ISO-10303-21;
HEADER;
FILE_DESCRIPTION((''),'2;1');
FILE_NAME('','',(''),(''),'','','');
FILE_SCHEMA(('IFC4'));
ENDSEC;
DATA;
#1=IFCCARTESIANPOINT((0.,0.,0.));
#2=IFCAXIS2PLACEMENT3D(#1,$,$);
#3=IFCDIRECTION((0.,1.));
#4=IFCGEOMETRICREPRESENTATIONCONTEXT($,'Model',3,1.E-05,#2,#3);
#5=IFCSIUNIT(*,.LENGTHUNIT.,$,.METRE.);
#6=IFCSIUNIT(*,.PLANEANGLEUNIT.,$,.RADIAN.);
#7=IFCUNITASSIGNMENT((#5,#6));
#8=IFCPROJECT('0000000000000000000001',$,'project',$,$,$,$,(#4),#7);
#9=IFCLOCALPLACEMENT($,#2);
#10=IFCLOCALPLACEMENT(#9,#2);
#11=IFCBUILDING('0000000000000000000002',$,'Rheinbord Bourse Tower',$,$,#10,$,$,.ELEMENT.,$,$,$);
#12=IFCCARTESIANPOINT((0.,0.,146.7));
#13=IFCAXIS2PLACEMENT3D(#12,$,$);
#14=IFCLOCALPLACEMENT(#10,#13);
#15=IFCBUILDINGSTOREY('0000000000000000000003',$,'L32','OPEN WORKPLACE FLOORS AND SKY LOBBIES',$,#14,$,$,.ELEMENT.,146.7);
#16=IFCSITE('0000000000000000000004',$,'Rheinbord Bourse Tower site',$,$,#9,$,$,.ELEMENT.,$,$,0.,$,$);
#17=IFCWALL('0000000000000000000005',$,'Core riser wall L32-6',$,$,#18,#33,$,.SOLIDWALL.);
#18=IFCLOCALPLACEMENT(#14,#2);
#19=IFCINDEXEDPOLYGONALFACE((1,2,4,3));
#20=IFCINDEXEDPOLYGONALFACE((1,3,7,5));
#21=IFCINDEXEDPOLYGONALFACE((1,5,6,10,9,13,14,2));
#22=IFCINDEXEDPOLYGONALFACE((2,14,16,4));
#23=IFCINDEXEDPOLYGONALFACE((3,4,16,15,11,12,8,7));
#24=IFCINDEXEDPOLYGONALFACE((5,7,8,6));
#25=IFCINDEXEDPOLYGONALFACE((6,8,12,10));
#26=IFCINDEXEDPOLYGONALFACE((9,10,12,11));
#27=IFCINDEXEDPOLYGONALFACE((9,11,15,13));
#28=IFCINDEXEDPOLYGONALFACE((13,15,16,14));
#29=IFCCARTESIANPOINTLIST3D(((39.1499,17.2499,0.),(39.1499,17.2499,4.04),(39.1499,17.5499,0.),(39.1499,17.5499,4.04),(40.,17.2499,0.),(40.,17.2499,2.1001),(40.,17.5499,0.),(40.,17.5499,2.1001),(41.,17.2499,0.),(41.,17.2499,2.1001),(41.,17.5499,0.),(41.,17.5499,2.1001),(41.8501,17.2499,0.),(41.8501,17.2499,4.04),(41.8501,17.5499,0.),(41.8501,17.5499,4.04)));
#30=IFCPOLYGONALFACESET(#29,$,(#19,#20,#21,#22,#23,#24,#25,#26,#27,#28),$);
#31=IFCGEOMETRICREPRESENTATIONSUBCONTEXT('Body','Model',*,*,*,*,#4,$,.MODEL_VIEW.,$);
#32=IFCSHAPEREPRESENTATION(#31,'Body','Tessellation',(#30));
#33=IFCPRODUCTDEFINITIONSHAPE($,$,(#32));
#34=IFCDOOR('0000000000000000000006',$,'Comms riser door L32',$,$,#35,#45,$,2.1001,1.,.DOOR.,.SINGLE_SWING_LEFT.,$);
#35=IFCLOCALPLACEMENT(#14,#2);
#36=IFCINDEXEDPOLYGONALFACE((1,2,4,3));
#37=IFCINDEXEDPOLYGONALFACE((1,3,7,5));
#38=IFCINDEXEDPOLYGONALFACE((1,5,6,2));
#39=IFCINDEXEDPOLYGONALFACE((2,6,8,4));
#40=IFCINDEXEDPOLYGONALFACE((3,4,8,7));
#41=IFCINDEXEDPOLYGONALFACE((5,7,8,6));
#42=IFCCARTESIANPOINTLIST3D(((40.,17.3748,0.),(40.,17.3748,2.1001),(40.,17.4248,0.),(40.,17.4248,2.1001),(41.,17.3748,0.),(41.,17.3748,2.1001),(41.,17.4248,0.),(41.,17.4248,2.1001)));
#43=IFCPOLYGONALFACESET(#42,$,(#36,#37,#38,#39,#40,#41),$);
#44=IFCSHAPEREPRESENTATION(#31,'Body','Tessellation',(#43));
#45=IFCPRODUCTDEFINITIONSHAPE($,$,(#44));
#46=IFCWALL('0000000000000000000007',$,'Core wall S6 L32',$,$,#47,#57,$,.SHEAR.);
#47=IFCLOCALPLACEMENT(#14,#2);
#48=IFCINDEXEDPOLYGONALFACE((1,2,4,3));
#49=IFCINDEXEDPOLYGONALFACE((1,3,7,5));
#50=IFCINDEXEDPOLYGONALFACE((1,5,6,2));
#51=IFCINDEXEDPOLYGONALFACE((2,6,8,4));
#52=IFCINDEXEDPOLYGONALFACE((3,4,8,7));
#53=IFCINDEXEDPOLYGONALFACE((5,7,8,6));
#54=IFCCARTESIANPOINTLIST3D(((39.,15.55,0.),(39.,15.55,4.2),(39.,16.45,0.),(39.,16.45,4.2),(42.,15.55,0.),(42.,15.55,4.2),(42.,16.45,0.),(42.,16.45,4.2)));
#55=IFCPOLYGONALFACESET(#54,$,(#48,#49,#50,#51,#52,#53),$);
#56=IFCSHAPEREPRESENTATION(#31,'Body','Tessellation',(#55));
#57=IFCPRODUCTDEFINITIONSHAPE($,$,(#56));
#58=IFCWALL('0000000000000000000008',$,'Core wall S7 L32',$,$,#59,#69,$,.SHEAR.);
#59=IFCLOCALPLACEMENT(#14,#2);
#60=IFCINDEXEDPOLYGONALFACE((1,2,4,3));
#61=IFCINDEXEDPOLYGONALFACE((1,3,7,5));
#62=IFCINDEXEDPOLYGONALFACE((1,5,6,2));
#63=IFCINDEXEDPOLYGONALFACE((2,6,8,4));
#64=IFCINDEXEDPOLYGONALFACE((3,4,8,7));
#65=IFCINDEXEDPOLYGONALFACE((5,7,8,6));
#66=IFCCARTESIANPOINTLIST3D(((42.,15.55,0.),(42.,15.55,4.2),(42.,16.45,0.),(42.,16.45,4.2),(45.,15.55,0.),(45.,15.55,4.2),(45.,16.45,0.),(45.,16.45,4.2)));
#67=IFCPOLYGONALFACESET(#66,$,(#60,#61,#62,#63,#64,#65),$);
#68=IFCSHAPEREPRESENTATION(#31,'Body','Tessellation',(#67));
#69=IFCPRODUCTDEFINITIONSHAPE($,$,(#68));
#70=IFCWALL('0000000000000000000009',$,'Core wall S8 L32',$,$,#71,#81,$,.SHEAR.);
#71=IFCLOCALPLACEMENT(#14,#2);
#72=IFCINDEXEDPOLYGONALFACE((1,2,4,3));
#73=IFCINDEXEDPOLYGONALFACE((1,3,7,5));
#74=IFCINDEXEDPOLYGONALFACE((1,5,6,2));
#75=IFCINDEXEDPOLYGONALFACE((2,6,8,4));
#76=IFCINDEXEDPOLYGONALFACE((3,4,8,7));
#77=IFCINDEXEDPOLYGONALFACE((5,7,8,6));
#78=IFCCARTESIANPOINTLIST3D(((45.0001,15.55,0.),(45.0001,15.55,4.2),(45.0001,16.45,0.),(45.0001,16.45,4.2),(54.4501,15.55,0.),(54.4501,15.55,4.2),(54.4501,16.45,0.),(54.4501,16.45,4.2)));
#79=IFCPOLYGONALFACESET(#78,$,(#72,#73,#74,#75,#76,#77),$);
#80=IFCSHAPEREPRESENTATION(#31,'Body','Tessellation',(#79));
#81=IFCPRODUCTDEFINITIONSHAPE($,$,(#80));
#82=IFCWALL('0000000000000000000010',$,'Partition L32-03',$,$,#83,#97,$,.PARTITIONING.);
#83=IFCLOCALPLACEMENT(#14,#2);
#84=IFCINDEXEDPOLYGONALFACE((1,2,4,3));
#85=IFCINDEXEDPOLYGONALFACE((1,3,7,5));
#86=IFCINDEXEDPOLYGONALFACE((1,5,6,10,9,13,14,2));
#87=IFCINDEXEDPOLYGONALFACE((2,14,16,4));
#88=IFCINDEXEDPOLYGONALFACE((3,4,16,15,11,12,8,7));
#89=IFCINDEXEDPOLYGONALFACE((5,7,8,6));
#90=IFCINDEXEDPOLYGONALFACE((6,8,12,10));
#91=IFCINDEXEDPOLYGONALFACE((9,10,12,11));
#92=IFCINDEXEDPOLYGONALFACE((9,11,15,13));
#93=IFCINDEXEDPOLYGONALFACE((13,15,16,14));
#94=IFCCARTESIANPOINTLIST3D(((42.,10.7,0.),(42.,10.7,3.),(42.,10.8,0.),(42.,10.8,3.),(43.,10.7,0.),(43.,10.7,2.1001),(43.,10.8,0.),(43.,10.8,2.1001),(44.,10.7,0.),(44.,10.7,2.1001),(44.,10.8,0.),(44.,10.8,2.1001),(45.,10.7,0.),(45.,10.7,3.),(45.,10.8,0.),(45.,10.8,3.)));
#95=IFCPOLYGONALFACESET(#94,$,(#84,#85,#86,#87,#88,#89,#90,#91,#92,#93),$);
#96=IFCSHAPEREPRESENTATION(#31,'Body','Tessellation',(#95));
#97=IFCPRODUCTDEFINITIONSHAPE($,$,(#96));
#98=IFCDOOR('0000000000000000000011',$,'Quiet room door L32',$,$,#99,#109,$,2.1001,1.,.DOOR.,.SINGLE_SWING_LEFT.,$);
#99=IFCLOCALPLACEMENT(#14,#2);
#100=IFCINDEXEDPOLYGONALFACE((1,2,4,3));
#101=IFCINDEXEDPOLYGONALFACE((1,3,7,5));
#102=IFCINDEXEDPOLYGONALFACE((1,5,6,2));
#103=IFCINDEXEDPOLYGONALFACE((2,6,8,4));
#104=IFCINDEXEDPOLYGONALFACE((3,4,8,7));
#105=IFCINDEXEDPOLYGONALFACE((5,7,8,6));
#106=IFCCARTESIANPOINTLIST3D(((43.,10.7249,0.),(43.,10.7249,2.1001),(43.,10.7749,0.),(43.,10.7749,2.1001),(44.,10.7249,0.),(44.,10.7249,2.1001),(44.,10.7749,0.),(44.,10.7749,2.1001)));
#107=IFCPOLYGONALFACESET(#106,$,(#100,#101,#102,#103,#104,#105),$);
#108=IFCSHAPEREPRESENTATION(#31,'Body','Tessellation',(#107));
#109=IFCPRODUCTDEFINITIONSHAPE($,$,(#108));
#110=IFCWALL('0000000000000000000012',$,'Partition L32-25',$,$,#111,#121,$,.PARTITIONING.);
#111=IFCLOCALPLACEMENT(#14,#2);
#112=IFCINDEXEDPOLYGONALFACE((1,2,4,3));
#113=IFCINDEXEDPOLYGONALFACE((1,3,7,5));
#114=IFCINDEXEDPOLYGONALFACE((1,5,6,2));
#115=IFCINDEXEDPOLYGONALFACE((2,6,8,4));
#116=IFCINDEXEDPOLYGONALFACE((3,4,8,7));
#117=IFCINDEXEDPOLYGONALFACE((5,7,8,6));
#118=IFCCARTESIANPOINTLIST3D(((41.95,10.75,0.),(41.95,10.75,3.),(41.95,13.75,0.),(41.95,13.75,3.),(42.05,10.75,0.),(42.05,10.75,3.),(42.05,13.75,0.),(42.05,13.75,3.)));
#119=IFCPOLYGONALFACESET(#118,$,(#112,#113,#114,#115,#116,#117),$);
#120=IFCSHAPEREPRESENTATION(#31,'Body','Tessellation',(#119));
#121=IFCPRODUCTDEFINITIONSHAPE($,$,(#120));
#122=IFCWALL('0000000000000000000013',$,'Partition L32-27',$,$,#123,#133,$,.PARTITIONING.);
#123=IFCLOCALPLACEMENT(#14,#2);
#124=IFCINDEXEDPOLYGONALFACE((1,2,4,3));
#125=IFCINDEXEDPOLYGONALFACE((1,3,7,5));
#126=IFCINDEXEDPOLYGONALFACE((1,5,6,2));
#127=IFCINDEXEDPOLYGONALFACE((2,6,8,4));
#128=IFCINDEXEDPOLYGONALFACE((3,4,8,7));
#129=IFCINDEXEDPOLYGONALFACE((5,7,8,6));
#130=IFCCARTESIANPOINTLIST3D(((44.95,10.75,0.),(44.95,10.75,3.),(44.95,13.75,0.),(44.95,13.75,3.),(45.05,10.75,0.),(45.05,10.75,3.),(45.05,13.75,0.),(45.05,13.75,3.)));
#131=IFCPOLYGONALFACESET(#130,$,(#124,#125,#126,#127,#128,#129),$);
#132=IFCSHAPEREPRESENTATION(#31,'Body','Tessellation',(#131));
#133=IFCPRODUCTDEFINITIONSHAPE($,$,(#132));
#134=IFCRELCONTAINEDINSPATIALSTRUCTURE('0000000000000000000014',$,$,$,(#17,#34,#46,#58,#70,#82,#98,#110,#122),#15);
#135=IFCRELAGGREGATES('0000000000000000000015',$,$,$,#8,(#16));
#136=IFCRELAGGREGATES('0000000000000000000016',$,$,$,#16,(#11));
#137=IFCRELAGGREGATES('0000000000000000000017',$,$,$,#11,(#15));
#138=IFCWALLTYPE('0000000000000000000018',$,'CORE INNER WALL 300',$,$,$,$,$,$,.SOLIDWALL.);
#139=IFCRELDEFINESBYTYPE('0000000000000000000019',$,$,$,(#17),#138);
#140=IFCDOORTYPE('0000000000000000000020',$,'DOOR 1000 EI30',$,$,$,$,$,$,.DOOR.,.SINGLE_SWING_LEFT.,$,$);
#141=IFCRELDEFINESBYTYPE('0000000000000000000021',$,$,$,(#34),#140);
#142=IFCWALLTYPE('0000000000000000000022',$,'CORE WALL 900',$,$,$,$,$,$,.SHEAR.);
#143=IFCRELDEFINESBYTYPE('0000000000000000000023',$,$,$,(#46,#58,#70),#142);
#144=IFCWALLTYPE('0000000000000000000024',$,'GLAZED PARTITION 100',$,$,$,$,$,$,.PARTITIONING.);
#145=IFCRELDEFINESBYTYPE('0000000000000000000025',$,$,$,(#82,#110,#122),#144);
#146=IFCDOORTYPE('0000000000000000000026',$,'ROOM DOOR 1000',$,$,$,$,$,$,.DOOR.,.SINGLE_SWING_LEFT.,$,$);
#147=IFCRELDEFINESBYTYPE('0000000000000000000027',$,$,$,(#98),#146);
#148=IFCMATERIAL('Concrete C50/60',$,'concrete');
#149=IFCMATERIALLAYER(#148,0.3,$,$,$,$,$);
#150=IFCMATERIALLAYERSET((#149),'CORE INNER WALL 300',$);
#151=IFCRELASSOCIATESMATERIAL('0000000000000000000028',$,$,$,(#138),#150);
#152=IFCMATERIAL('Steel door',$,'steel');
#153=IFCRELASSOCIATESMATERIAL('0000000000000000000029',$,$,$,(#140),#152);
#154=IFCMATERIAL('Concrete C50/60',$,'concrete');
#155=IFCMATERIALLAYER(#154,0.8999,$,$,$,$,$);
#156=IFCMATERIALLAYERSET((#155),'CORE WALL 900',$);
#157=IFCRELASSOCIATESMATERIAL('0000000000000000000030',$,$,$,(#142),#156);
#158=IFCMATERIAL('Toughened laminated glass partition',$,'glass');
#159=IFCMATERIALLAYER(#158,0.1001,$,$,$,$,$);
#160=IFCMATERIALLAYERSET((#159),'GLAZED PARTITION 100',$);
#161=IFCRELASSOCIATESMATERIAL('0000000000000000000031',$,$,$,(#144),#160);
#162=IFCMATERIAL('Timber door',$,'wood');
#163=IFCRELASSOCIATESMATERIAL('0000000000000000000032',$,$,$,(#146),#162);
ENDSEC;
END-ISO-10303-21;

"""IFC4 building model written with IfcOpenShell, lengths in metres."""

from ifc_helpers import new_model, si_unit, direction, frame, frame_2d, origin, place, context, subcontext, project, spatial, rectangle, extrude, material, layer, layer_set, type_object, element, fill, save


model = new_model("IFC4")

# Units and contexts
model_context = context("Model", 3, precision=1e-05, world=origin(), true_north=direction((0.0, 1.0)))
body_context = subcontext(model_context, "Body", "Model", "MODEL_VIEW")
ifc_project = project(units=[si_unit("LENGTHUNIT", "METRE"), si_unit("PLANEANGLEUNIT", "RADIAN")], contexts=[model_context])

# Site, building, storey
site_placement = place(None, origin())
site = spatial("IfcSite", under=ifc_project, at=site_placement, Name="Rheinbord Bourse Tower site", CompositionType="ELEMENT", RefElevation=0.0)
building_placement = place(site_placement, origin())
building = spatial("IfcBuilding", under=site, at=building_placement, Name="Rheinbord Bourse Tower", CompositionType="ELEMENT")
storey_placement = place(building_placement, frame((0.0, 0.0, 146.7)))
storey = spatial("IfcBuildingStorey", under=building, at=storey_placement, Name="L32", Description="OPEN WORKPLACE FLOORS AND SKY LOBBIES", CompositionType="ELEMENT", Elevation=146.7)

# Shared definitions
ifc_material_1 = material(Name="Concrete C50/60", Category="concrete")
ifc_layer_1 = layer(ifc_material_1, 0.3)
ifc_layer_set_1 = layer_set([ifc_layer_1], Name="CORE INNER WALL 300")
wall_type_1 = type_object("IfcWallType", Name="CORE INNER WALL 300", PredefinedType="SOLIDWALL", material=ifc_layer_set_1)
ifc_material_2 = material(Name="Steel door", Category="steel")
door_type_1 = type_object("IfcDoorType", Name="DOOR 1000 EI30", OperationType="SINGLE_SWING_LEFT", PredefinedType="DOOR", material=ifc_material_2)

# Wall, opening, door
wall_1_placement = place(storey_placement, frame((39.1499, 17.3999, 0.0), z_axis=(0.0, 0.0, 1.0), x_axis=(1.0, 0.0, 0.0)))
wall_1 = element("IfcWall", 1, at=wall_1_placement, inside=storey, type_object=wall_type_1, Name="Core riser wall L32-6", PredefinedType="SOLIDWALL", context=body_context, shape_type="SweptSolid", body=[
    extrude(rectangle(XDim=2.7002, YDim=0.3, at=frame_2d((1.3501, 0.0))), origin(), (0.0, 0.0, 1.0), 4.04),
])
opening_1_placement = place(wall_1_placement, frame((0.8501, 0.0, 0.0)))
opening_1 = element("IfcOpeningElement", 2, at=opening_1_placement, cuts=wall_1, PredefinedType="OPENING", context=body_context, shape_type="SweptSolid", body=[
    extrude(rectangle(XDim=1.0, YDim=2.1001, at=frame_2d((0.5, 1.05))), frame((0.0, 0.1599, 0.0), z_axis=(0.0, -1.0, 0.0), x_axis=(1.0, 0.0, 0.0)), (0.0, 0.0, 1.0), 0.3201),
])
door_1_placement = place(opening_1_placement, origin())
door_1 = element("IfcDoor", 3, at=door_1_placement, inside=storey, type_object=door_type_1, Name="Comms riser door L32", OperationType="SINGLE_SWING_LEFT", OverallHeight=2.1001, OverallWidth=1.0, PredefinedType="DOOR", context=body_context, shape_type="SweptSolid", body=[
    extrude(rectangle(XDim=1.0, YDim=2.1001, at=frame_2d((0.5, 1.05))), frame((0.0, 0.0249, 0.0), z_axis=(0.0, -1.0, 0.0), x_axis=(1.0, 0.0, 0.0)), (0.0, 0.0, 1.0), 0.05),
])
fill(opening_1, door_1)

# Walls
ifc_material_3 = material(Name="Concrete C50/60", Category="concrete")
ifc_layer_2 = layer(ifc_material_3, 0.8999)
ifc_layer_set_2 = layer_set([ifc_layer_2], Name="CORE WALL 900")
wall_type_2 = type_object("IfcWallType", Name="CORE WALL 900", PredefinedType="SHEAR", material=ifc_layer_set_2)
for number, where, z_axis, x_axis, name in (
    (4, (39.0, 16.0, 0.0), (0.0, 0.0, 1.0), (1.0, 0.0, 0.0), "Core wall S6 L32"),
    (5, (42.0, 16.0, 0.0), (0.0, 0.0, 1.0), (1.0, 0.0, 0.0), "Core wall S7 L32"),
):
    element("IfcWall", number, at=place(storey_placement, frame(where, z_axis=z_axis, x_axis=x_axis)), inside=storey, type_object=wall_type_2, Name=name, PredefinedType="SHEAR", context=body_context, shape_type="SweptSolid", body=[
        extrude(rectangle(XDim=3.0, YDim=0.8999, at=frame_2d((1.5, 0.0))), origin(), (0.0, 0.0, 1.0), 4.2),
    ])
wall_2_placement = place(storey_placement, frame((45.0, 16.0, 0.0), z_axis=(0.0, 0.0, 1.0), x_axis=(1.0, 0.0, 0.0)))
element("IfcWall", 6, at=wall_2_placement, inside=storey, type_object=wall_type_2, Name="Core wall S8 L32", PredefinedType="SHEAR", context=body_context, shape_type="SweptSolid", body=[
    extrude(rectangle(XDim=9.45, YDim=0.8999, at=frame_2d((4.7251, 0.0))), origin(), (0.0, 0.0, 1.0), 4.2),
])

# Wall, opening, door
ifc_material_4 = material(Name="Toughened laminated glass partition", Category="glass")
ifc_layer_3 = layer(ifc_material_4, 0.1001)
ifc_layer_set_3 = layer_set([ifc_layer_3], Name="GLAZED PARTITION 100")
wall_type_3 = type_object("IfcWallType", Name="GLAZED PARTITION 100", PredefinedType="PARTITIONING", material=ifc_layer_set_3)
wall_3_placement = place(storey_placement, frame((42.0, 10.75, 0.0), z_axis=(0.0, 0.0, 1.0), x_axis=(1.0, 0.0, 0.0)))
wall_3 = element("IfcWall", 7, at=wall_3_placement, inside=storey, type_object=wall_type_3, Name="Partition L32-03", PredefinedType="PARTITIONING", context=body_context, shape_type="SweptSolid", body=[
    extrude(rectangle(XDim=3.0, YDim=0.1001, at=frame_2d((1.5, 0.0))), origin(), (0.0, 0.0, 1.0), 3.0),
])
opening_2_placement = place(wall_3_placement, frame((1.0, 0.0, 0.0)))
opening_2 = element("IfcOpeningElement", 8, at=opening_2_placement, cuts=wall_3, PredefinedType="OPENING", context=body_context, shape_type="SweptSolid", body=[
    extrude(rectangle(XDim=1.0, YDim=2.1001, at=frame_2d((0.5, 1.05))), frame((0.0, 0.0601, 0.0), z_axis=(0.0, -1.0, 0.0), x_axis=(1.0, 0.0, 0.0)), (0.0, 0.0, 1.0), 0.1201),
])
ifc_material_5 = material(Name="Timber door", Category="wood")
door_type_2 = type_object("IfcDoorType", Name="ROOM DOOR 1000", OperationType="SINGLE_SWING_LEFT", PredefinedType="DOOR", material=ifc_material_5)
door_2_placement = place(opening_2_placement, origin())
door_2 = element("IfcDoor", 9, at=door_2_placement, inside=storey, type_object=door_type_2, Name="Quiet room door L32", OperationType="SINGLE_SWING_LEFT", OverallHeight=2.1001, OverallWidth=1.0, PredefinedType="DOOR", context=body_context, shape_type="SweptSolid", body=[
    extrude(rectangle(XDim=1.0, YDim=2.1001, at=frame_2d((0.5, 1.05))), frame((0.0, 0.0249, 0.0), z_axis=(0.0, -1.0, 0.0), x_axis=(1.0, 0.0, 0.0)), (0.0, 0.0, 1.0), 0.05),
])
fill(opening_2, door_2)

# Walls
for number, where, z_axis, x_axis, name in (
    (10, (42.0, 10.75, 0.0), (0.0, 0.0, 1.0), (0.0, 1.0, 0.0), "Partition L32-25"),
    (11, (45.0, 10.75, 0.0), (0.0, 0.0, 1.0), (0.0, 1.0, 0.0), "Partition L32-27"),
):
    element("IfcWall", number, at=place(storey_placement, frame(where, z_axis=z_axis, x_axis=x_axis)), inside=storey, type_object=wall_type_3, Name=name, PredefinedType="PARTITIONING", context=body_context, shape_type="SweptSolid", body=[
        extrude(rectangle(XDim=3.0, YDim=0.1001, at=frame_2d((1.5, 0.0))), origin(), (0.0, 0.0, 1.0), 3.0),
    ])

save(model, "model.ifc")
